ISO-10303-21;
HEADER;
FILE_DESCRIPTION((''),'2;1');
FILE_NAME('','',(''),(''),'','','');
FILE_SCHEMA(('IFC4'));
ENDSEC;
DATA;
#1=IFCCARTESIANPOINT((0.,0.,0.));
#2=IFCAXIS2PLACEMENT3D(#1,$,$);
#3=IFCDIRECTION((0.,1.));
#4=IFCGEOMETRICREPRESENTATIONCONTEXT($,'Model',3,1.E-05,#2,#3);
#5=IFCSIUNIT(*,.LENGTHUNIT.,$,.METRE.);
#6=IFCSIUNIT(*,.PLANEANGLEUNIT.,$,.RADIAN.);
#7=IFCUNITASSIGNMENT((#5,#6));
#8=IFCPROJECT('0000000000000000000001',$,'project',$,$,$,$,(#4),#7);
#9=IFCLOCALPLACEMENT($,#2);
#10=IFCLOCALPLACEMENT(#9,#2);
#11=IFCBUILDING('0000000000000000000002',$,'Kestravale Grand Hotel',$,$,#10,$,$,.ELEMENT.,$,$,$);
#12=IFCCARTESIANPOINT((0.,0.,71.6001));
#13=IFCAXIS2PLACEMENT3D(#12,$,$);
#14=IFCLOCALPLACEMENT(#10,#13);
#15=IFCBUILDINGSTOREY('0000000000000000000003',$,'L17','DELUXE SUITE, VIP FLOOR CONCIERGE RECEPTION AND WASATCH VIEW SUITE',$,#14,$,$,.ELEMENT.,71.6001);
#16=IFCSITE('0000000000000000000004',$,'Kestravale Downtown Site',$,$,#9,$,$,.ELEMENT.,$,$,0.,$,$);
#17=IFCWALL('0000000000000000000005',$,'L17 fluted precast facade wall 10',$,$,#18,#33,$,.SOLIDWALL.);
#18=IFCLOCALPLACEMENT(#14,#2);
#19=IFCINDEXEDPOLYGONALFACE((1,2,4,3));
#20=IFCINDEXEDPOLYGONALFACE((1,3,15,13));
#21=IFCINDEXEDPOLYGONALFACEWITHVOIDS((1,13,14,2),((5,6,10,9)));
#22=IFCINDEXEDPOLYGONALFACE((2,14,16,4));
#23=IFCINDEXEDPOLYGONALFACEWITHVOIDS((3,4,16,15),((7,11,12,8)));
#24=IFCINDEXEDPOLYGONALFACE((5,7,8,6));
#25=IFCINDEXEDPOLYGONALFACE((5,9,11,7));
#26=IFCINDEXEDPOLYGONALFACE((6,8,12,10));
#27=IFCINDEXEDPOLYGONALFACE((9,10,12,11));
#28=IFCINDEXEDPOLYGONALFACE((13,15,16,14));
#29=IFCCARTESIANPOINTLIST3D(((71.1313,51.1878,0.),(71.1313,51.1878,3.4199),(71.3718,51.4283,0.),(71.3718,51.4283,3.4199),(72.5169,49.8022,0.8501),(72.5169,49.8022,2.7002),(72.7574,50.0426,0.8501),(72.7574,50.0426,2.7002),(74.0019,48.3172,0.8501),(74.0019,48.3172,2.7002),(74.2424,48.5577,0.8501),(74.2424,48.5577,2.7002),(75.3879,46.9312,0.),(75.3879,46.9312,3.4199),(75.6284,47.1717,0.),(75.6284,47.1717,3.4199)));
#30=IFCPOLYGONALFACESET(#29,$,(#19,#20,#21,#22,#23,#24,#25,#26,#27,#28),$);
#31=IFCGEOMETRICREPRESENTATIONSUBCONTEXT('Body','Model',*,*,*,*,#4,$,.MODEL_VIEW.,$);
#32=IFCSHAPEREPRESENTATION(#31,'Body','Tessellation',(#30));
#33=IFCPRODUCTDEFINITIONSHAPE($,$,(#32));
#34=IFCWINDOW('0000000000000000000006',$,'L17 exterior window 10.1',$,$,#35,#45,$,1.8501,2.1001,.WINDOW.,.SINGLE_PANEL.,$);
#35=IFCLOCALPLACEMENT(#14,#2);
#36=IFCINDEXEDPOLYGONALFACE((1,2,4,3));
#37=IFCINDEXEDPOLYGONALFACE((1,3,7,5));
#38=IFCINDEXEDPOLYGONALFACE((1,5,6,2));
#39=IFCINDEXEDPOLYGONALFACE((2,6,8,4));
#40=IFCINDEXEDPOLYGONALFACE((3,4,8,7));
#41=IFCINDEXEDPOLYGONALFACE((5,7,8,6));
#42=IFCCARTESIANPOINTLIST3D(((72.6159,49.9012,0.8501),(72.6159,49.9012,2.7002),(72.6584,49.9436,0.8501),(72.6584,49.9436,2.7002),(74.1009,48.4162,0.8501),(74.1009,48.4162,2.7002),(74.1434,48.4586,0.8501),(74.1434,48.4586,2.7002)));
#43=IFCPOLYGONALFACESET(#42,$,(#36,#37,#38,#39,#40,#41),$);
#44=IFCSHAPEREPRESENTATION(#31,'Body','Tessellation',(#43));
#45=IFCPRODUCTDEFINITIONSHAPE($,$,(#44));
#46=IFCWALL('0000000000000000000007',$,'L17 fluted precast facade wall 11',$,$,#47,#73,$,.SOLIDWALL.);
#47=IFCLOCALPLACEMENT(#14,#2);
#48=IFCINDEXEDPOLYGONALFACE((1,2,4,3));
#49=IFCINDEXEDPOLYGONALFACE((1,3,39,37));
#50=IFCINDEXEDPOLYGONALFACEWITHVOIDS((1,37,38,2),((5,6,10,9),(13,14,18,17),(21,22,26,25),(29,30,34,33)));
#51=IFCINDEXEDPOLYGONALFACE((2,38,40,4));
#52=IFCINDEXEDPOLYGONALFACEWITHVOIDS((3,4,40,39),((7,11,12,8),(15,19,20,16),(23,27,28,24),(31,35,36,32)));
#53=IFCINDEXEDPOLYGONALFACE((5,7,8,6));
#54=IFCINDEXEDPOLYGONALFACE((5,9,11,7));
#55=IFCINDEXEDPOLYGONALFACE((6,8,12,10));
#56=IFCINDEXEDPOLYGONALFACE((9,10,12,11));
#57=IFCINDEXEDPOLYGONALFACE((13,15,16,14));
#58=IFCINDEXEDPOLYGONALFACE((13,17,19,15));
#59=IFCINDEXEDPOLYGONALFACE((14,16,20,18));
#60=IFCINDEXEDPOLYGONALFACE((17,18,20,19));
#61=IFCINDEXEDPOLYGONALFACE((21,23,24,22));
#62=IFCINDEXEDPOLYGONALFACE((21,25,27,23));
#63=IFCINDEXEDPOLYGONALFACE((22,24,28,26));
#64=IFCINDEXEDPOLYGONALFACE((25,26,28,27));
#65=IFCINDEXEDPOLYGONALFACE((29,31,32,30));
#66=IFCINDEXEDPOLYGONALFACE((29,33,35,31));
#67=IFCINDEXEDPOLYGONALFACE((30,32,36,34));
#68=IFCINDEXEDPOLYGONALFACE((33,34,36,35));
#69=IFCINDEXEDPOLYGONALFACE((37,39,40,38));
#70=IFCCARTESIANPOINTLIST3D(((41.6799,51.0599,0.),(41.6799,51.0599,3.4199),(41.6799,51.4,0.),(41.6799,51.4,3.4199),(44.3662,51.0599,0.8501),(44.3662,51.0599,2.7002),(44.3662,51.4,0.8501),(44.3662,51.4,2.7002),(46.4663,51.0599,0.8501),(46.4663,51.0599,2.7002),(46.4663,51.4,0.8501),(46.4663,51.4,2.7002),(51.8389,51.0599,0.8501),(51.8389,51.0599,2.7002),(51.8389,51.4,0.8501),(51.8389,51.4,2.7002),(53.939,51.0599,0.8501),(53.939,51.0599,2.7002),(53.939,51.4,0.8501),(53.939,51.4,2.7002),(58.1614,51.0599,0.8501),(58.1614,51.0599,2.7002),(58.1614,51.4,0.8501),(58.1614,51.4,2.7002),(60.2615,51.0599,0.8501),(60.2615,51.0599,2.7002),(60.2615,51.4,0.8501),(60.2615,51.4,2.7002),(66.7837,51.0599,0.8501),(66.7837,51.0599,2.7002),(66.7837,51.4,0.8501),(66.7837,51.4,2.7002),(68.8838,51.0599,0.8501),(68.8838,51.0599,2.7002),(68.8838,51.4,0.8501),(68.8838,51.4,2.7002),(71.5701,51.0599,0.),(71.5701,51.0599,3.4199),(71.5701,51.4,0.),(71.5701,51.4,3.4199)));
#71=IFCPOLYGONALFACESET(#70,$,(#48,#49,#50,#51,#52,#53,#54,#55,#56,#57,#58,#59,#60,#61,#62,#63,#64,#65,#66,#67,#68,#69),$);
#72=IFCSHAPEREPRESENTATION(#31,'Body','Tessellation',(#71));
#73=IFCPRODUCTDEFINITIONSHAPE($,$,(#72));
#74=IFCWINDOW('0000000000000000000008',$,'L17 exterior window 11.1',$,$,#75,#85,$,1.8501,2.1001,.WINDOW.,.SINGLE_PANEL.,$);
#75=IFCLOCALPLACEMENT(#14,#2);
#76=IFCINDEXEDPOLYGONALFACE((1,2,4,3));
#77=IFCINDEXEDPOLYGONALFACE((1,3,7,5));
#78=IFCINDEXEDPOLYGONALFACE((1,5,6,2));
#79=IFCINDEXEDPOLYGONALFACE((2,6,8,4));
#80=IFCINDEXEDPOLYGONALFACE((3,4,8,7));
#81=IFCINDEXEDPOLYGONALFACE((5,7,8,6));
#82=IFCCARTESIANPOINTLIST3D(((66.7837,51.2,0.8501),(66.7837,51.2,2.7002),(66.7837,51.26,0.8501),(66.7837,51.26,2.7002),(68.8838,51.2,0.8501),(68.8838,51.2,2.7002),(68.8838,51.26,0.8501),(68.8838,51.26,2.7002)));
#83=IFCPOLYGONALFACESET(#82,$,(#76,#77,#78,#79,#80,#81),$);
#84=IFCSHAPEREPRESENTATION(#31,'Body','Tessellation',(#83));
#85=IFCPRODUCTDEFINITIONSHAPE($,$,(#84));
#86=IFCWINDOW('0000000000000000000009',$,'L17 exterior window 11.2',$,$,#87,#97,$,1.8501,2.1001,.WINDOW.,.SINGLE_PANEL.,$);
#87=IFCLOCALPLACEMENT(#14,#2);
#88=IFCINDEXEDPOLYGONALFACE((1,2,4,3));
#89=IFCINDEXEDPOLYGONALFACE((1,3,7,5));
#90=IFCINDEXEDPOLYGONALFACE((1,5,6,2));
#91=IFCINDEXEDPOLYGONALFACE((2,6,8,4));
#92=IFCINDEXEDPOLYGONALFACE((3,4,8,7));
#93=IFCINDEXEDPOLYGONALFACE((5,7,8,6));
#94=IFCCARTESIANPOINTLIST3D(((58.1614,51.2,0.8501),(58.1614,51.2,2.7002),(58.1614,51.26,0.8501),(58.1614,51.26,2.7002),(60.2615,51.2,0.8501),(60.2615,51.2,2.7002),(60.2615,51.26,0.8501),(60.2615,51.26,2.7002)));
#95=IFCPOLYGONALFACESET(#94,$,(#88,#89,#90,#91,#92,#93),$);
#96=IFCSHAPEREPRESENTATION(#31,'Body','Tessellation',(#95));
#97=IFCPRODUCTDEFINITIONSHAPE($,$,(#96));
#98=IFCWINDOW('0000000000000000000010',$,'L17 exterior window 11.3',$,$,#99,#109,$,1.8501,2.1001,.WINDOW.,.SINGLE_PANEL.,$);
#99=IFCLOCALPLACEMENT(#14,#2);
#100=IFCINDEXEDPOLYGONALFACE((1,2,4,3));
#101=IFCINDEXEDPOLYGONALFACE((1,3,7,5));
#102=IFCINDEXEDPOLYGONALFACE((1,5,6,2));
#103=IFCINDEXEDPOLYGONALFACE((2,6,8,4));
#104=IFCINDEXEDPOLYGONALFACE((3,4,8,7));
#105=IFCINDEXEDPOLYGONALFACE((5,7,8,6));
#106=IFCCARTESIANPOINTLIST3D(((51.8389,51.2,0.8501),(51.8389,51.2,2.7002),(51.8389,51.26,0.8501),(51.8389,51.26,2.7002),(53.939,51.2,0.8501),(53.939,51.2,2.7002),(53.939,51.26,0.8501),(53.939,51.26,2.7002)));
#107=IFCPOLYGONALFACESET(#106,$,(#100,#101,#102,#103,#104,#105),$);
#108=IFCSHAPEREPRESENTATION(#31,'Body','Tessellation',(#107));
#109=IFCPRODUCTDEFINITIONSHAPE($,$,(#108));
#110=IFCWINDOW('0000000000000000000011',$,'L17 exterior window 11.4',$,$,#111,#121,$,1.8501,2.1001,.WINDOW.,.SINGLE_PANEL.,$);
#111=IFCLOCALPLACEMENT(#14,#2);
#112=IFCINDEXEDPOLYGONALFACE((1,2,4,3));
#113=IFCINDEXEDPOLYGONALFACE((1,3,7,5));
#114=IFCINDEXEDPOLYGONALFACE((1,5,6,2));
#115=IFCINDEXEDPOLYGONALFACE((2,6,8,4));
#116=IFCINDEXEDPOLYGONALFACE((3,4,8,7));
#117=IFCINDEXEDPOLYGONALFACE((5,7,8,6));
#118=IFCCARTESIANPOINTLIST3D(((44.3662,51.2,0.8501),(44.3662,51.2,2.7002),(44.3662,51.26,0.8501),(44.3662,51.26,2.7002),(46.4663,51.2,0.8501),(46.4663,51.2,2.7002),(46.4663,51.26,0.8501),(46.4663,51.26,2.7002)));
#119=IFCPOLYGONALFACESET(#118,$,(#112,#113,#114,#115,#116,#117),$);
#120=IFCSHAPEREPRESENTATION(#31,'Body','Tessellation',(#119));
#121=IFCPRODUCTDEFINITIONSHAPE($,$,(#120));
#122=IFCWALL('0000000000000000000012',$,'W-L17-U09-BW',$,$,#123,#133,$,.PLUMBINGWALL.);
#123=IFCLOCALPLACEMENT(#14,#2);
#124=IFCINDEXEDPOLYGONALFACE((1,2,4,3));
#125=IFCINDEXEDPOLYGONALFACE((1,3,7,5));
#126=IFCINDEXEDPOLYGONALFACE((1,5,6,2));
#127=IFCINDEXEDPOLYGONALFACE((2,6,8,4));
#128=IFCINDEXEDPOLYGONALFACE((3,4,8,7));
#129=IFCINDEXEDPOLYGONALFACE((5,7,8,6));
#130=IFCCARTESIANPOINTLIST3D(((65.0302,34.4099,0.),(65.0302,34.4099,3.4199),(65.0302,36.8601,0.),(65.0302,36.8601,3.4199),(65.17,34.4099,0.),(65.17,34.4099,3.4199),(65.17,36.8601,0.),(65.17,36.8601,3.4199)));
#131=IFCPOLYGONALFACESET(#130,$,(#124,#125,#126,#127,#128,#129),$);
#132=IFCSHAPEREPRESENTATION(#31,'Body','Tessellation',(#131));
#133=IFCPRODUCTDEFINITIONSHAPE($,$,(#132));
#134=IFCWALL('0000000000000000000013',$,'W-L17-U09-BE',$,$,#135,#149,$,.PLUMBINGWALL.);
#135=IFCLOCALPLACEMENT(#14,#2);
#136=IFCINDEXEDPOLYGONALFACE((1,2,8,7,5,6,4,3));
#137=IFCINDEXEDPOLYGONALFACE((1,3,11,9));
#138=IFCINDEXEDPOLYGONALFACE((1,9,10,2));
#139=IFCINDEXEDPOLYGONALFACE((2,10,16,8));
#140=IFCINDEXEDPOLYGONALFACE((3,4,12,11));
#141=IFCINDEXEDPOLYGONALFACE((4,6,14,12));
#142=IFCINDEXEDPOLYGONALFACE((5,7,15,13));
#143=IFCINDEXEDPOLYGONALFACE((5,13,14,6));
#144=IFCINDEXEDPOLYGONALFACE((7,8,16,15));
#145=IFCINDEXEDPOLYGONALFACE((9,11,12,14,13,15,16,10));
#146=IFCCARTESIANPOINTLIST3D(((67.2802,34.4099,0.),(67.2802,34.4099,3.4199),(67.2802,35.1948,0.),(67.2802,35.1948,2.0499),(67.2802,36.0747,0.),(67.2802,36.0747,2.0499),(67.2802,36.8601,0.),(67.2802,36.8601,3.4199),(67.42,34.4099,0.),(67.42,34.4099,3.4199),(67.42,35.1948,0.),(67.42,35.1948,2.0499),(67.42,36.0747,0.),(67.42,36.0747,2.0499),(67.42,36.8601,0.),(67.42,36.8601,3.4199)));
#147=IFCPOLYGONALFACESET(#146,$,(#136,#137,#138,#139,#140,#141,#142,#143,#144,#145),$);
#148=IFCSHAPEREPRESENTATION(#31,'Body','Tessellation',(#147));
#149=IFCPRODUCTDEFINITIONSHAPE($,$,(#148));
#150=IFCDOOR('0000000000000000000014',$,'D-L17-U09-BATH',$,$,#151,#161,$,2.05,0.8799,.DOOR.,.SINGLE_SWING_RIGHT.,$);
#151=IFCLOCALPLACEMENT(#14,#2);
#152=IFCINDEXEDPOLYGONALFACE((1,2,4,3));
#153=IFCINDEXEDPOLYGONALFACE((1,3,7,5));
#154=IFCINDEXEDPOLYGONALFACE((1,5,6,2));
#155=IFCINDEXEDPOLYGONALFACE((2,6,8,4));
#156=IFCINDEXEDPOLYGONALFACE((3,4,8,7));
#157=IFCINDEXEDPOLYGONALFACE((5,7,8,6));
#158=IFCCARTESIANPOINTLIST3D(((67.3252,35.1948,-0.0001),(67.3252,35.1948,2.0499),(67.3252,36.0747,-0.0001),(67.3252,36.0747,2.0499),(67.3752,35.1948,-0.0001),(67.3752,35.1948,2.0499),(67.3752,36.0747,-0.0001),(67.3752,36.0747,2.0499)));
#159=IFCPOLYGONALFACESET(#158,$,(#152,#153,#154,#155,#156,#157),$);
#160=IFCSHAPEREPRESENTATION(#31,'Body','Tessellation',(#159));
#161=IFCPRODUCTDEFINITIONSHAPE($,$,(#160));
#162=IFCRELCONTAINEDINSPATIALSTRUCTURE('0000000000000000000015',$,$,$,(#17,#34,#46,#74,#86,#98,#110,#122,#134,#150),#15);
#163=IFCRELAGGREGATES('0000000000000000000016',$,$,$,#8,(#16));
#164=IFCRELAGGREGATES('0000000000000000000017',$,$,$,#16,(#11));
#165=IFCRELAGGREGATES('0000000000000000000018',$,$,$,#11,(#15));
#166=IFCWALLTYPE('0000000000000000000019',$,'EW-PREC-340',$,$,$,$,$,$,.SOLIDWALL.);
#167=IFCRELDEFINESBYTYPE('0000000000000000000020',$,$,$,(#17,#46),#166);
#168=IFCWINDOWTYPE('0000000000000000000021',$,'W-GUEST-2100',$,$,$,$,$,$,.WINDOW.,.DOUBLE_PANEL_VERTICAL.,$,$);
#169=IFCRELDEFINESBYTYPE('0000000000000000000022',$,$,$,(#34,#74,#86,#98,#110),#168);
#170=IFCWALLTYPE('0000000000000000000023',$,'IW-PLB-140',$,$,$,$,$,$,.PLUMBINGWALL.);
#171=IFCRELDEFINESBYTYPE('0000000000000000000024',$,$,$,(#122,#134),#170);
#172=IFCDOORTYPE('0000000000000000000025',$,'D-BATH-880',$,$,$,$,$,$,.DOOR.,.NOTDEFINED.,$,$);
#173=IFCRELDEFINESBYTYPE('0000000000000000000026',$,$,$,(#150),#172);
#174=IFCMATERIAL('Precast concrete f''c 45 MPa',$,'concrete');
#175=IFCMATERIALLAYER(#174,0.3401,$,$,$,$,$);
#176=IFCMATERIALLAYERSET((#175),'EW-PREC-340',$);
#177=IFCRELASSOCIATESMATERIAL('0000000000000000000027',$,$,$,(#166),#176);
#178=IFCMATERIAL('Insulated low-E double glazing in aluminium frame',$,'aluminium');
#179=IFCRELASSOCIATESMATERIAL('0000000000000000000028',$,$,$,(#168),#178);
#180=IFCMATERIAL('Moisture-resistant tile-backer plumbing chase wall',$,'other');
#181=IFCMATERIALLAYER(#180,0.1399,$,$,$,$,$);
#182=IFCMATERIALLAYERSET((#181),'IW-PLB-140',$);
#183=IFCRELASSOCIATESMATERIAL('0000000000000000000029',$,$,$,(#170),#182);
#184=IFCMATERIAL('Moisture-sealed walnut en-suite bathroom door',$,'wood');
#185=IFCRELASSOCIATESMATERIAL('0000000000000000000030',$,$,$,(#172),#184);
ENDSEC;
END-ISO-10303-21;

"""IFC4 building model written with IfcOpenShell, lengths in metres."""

from ifc_helpers import new_model, si_unit, direction, frame, frame_2d, origin, place, context, subcontext, project, spatial, rectangle, extrude, material, layer, layer_set, type_object, element, fill, save


model = new_model("IFC4")

# Units and contexts
model_context = context("Model", 3, precision=1e-05, world=origin(), true_north=direction((0.0, 1.0)))
body_context = subcontext(model_context, "Body", "Model", "MODEL_VIEW")
ifc_project = project(units=[si_unit("LENGTHUNIT", "METRE"), si_unit("PLANEANGLEUNIT", "RADIAN")], contexts=[model_context])

# Site, building, storey
site_placement = place(None, origin())
site = spatial("IfcSite", under=ifc_project, at=site_placement, Name="Kestravale Downtown Site", CompositionType="ELEMENT", RefElevation=0.0)
building_placement = place(site_placement, origin())
building = spatial("IfcBuilding", under=site, at=building_placement, Name="Kestravale Grand Hotel", CompositionType="ELEMENT")
storey_placement = place(building_placement, frame((0.0, 0.0, 71.6001)))
storey = spatial("IfcBuildingStorey", under=building, at=storey_placement, Name="L17", Description="DELUXE SUITE, VIP FLOOR CONCIERGE RECEPTION AND WASATCH VIEW SUITE", CompositionType="ELEMENT", Elevation=71.6001)

# Wall, opening, window
ifc_material_1 = material(Name="Precast concrete f'c 45 MPa", Category="concrete")
ifc_layer_1 = layer(ifc_material_1, 0.3401)
ifc_layer_set_1 = layer_set([ifc_layer_1], Name="EW-PREC-340")
wall_type_1 = type_object("IfcWallType", Name="EW-PREC-340", PredefinedType="SOLIDWALL", material=ifc_layer_set_1)
wall_1_placement = place(storey_placement, frame((75.5081, 47.0515, 0.0), z_axis=(0.0, 0.0, 1.0), x_axis=(-0.707107, 0.707107, 0.0)))
wall_1 = element("IfcWall", 1, at=wall_1_placement, inside=storey, type_object=wall_type_1, Name="L17 fluted precast facade wall 10", PredefinedType="SOLIDWALL", context=body_context, shape_type="SweptSolid", body=[
    extrude(rectangle(XDim=6.0198, YDim=0.3401, at=frame_2d((3.0098, 0.0))), origin(), (0.0, 0.0, 1.0), 3.4199),
])
opening_1_placement = place(wall_1_placement, frame((1.96, 0.0, 0.8501)))
opening_1 = element("IfcOpeningElement", 2, at=opening_1_placement, cuts=wall_1, PredefinedType="OPENING", context=body_context, shape_type="SweptSolid", body=[
    extrude(rectangle(XDim=2.1001, YDim=1.8501, at=frame_2d((1.05, 0.925))), frame((0.0, 0.1799, 0.0), z_axis=(0.0, -1.0, 0.0), x_axis=(1.0, 0.0, 0.0)), (0.0, 0.0, 1.0), 0.3601),
])
ifc_material_2 = material(Name="Insulated low-E double glazing in aluminium frame", Category="aluminium")
window_type = type_object("IfcWindowType", Name="W-GUEST-2100", PartitioningType="DOUBLE_PANEL_VERTICAL", PredefinedType="WINDOW", material=ifc_material_2)
window_1_placement = place(opening_1_placement, origin())
window_1 = element("IfcWindow", 3, at=window_1_placement, inside=storey, type_object=window_type, Name="L17 exterior window 10.1", OverallHeight=1.8501, OverallWidth=2.1001, PartitioningType="SINGLE_PANEL", PredefinedType="WINDOW", context=body_context, shape_type="SweptSolid", body=[
    extrude(rectangle(XDim=2.1001, YDim=1.8501, at=frame_2d((1.05, 0.925))), frame((0.0, 0.03, 0.0), z_axis=(0.0, -1.0, 0.0), x_axis=(1.0, 0.0, 0.0)), (0.0, 0.0, 1.0), 0.0601),
])
fill(opening_1, window_1)

# Wall, openings, windows
wall_2_placement = place(storey_placement, frame((71.5701, 51.23, 0.0), z_axis=(0.0, 0.0, 1.0), x_axis=(-1.0, 0.0, 0.0)))
wall_2 = element("IfcWall", 4, at=wall_2_placement, inside=storey, type_object=wall_type_1, Name="L17 fluted precast facade wall 11", PredefinedType="SOLIDWALL", context=body_context, shape_type="SweptSolid", body=[
    extrude(rectangle(XDim=29.8901, YDim=0.3401, at=frame_2d((14.9451, 0.0))), origin(), (0.0, 0.0, 1.0), 3.4199),
])
opening_2_placement = place(wall_2_placement, frame((2.6863, 0.0, 0.8501)))
opening_2 = element("IfcOpeningElement", 5, at=opening_2_placement, cuts=wall_2, PredefinedType="OPENING", context=body_context, shape_type="SweptSolid", body=[
    extrude(rectangle(XDim=2.1001, YDim=1.8501, at=frame_2d((1.05, 0.925))), frame((0.0, 0.1799, 0.0), z_axis=(0.0, -1.0, 0.0), x_axis=(1.0, 0.0, 0.0)), (0.0, 0.0, 1.0), 0.3601),
])
opening_3_placement = place(wall_2_placement, frame((11.3086, 0.0, 0.8501)))
opening_3 = element("IfcOpeningElement", 6, at=opening_3_placement, cuts=wall_2, PredefinedType="OPENING", context=body_context, shape_type="SweptSolid", body=[
    extrude(rectangle(XDim=2.1001, YDim=1.8501, at=frame_2d((1.05, 0.925))), frame((0.0, 0.1799, 0.0), z_axis=(0.0, -1.0, 0.0), x_axis=(1.0, 0.0, 0.0)), (0.0, 0.0, 1.0), 0.3601),
])
opening_4_placement = place(wall_2_placement, frame((17.6311, 0.0, 0.8501)))
opening_4 = element("IfcOpeningElement", 7, at=opening_4_placement, cuts=wall_2, PredefinedType="OPENING", context=body_context, shape_type="SweptSolid", body=[
    extrude(rectangle(XDim=2.1001, YDim=1.8501, at=frame_2d((1.05, 0.925))), frame((0.0, 0.1799, 0.0), z_axis=(0.0, -1.0, 0.0), x_axis=(1.0, 0.0, 0.0)), (0.0, 0.0, 1.0), 0.3601),
])
opening_5_placement = place(wall_2_placement, frame((25.1038, 0.0, 0.8501)))
opening_5 = element("IfcOpeningElement", 8, at=opening_5_placement, cuts=wall_2, PredefinedType="OPENING", context=body_context, shape_type="SweptSolid", body=[
    extrude(rectangle(XDim=2.1001, YDim=1.8501, at=frame_2d((1.05, 0.925))), frame((0.0, 0.1799, 0.0), z_axis=(0.0, -1.0, 0.0), x_axis=(1.0, 0.0, 0.0)), (0.0, 0.0, 1.0), 0.3601),
])
window_2_placement = place(opening_2_placement, origin())
window_2 = element("IfcWindow", 9, at=window_2_placement, inside=storey, type_object=window_type, Name="L17 exterior window 11.1", OverallHeight=1.8501, OverallWidth=2.1001, PartitioningType="SINGLE_PANEL", PredefinedType="WINDOW", context=body_context, shape_type="SweptSolid", body=[
    extrude(rectangle(XDim=2.1001, YDim=1.8501, at=frame_2d((1.05, 0.925))), frame((0.0, 0.03, 0.0), z_axis=(0.0, -1.0, 0.0), x_axis=(1.0, 0.0, 0.0)), (0.0, 0.0, 1.0), 0.0601),
])
fill(opening_2, window_2)
window_3_placement = place(opening_3_placement, origin())
window_3 = element("IfcWindow", 10, at=window_3_placement, inside=storey, type_object=window_type, Name="L17 exterior window 11.2", OverallHeight=1.8501, OverallWidth=2.1001, PartitioningType="SINGLE_PANEL", PredefinedType="WINDOW", context=body_context, shape_type="SweptSolid", body=[
    extrude(rectangle(XDim=2.1001, YDim=1.8501, at=frame_2d((1.05, 0.925))), frame((0.0, 0.03, 0.0), z_axis=(0.0, -1.0, 0.0), x_axis=(1.0, 0.0, 0.0)), (0.0, 0.0, 1.0), 0.0601),
])
fill(opening_3, window_3)
window_4_placement = place(opening_4_placement, origin())
window_4 = element("IfcWindow", 11, at=window_4_placement, inside=storey, type_object=window_type, Name="L17 exterior window 11.3", OverallHeight=1.8501, OverallWidth=2.1001, PartitioningType="SINGLE_PANEL", PredefinedType="WINDOW", context=body_context, shape_type="SweptSolid", body=[
    extrude(rectangle(XDim=2.1001, YDim=1.8501, at=frame_2d((1.05, 0.925))), frame((0.0, 0.03, 0.0), z_axis=(0.0, -1.0, 0.0), x_axis=(1.0, 0.0, 0.0)), (0.0, 0.0, 1.0), 0.0601),
])
fill(opening_4, window_4)
window_5_placement = place(opening_5_placement, origin())
window_5 = element("IfcWindow", 12, at=window_5_placement, inside=storey, type_object=window_type, Name="L17 exterior window 11.4", OverallHeight=1.8501, OverallWidth=2.1001, PartitioningType="SINGLE_PANEL", PredefinedType="WINDOW", context=body_context, shape_type="SweptSolid", body=[
    extrude(rectangle(XDim=2.1001, YDim=1.8501, at=frame_2d((1.05, 0.925))), frame((0.0, 0.03, 0.0), z_axis=(0.0, -1.0, 0.0), x_axis=(1.0, 0.0, 0.0)), (0.0, 0.0, 1.0), 0.0601),
])
fill(opening_5, window_5)

# Wall
ifc_material_3 = material(Name="Moisture-resistant tile-backer plumbing chase wall", Category="other")
ifc_layer_2 = layer(ifc_material_3, 0.1399)
ifc_layer_set_2 = layer_set([ifc_layer_2], Name="IW-PLB-140")
wall_type_2 = type_object("IfcWallType", Name="IW-PLB-140", PredefinedType="PLUMBINGWALL", material=ifc_layer_set_2)
wall_3_placement = place(storey_placement, frame((65.1001, 34.4099, 0.0), z_axis=(0.0, 0.0, 1.0), x_axis=(0.0, 1.0, 0.0)))
element("IfcWall", 13, at=wall_3_placement, inside=storey, type_object=wall_type_2, Name="W-L17-U09-BW", PredefinedType="PLUMBINGWALL", context=body_context, shape_type="SweptSolid", body=[
    extrude(rectangle(XDim=2.4502, YDim=0.1399, at=frame_2d((1.2251, 0.0))), origin(), (0.0, 0.0, 1.0), 3.4199),
])

# Wall, opening, door
wall_4_placement = place(storey_placement, frame((67.3501, 34.4099, 0.0), z_axis=(0.0, 0.0, 1.0), x_axis=(0.0, 1.0, 0.0)))
wall_4 = element("IfcWall", 14, at=wall_4_placement, inside=storey, type_object=wall_type_2, Name="W-L17-U09-BE", PredefinedType="PLUMBINGWALL", context=body_context, shape_type="SweptSolid", body=[
    extrude(rectangle(XDim=2.4502, YDim=0.1399, at=frame_2d((1.2251, 0.0))), origin(), (0.0, 0.0, 1.0), 3.4199),
])
opening_6_placement = place(wall_4_placement, frame((0.7849, 0.0, 0.0)))
opening_6 = element("IfcOpeningElement", 15, at=opening_6_placement, cuts=wall_4, PredefinedType="OPENING", context=body_context, shape_type="SweptSolid", body=[
    extrude(rectangle(XDim=0.8799, YDim=2.05, at=frame_2d((0.4399, 1.0249))), frame((0.0, 0.0798, 0.0), z_axis=(0.0, -1.0, 0.0), x_axis=(1.0, 0.0, 0.0)), (0.0, 0.0, 1.0), 0.1599),
])
ifc_material_4 = material(Name="Moisture-sealed walnut en-suite bathroom door", Category="wood")
door_type_1 = type_object("IfcDoorType", Name="D-BATH-880", OperationType="NOTDEFINED", PredefinedType="DOOR", material=ifc_material_4)
door_1_placement = place(opening_6_placement, origin())
door_1 = element("IfcDoor", 16, at=door_1_placement, inside=storey, type_object=door_type_1, Name="D-L17-U09-BATH", OperationType="SINGLE_SWING_RIGHT", OverallHeight=2.05, OverallWidth=0.8799, PredefinedType="DOOR", context=body_context, shape_type="SweptSolid", body=[
    extrude(rectangle(XDim=0.8799, YDim=2.05, at=frame_2d((0.4399, 1.0249))), frame((0.0, 0.0249, 0.0), z_axis=(0.0, -1.0, 0.0), x_axis=(1.0, 0.0, 0.0)), (0.0, 0.0, 1.0), 0.05),
])
fill(opening_6, door_1)

save(model, "model.ifc")
